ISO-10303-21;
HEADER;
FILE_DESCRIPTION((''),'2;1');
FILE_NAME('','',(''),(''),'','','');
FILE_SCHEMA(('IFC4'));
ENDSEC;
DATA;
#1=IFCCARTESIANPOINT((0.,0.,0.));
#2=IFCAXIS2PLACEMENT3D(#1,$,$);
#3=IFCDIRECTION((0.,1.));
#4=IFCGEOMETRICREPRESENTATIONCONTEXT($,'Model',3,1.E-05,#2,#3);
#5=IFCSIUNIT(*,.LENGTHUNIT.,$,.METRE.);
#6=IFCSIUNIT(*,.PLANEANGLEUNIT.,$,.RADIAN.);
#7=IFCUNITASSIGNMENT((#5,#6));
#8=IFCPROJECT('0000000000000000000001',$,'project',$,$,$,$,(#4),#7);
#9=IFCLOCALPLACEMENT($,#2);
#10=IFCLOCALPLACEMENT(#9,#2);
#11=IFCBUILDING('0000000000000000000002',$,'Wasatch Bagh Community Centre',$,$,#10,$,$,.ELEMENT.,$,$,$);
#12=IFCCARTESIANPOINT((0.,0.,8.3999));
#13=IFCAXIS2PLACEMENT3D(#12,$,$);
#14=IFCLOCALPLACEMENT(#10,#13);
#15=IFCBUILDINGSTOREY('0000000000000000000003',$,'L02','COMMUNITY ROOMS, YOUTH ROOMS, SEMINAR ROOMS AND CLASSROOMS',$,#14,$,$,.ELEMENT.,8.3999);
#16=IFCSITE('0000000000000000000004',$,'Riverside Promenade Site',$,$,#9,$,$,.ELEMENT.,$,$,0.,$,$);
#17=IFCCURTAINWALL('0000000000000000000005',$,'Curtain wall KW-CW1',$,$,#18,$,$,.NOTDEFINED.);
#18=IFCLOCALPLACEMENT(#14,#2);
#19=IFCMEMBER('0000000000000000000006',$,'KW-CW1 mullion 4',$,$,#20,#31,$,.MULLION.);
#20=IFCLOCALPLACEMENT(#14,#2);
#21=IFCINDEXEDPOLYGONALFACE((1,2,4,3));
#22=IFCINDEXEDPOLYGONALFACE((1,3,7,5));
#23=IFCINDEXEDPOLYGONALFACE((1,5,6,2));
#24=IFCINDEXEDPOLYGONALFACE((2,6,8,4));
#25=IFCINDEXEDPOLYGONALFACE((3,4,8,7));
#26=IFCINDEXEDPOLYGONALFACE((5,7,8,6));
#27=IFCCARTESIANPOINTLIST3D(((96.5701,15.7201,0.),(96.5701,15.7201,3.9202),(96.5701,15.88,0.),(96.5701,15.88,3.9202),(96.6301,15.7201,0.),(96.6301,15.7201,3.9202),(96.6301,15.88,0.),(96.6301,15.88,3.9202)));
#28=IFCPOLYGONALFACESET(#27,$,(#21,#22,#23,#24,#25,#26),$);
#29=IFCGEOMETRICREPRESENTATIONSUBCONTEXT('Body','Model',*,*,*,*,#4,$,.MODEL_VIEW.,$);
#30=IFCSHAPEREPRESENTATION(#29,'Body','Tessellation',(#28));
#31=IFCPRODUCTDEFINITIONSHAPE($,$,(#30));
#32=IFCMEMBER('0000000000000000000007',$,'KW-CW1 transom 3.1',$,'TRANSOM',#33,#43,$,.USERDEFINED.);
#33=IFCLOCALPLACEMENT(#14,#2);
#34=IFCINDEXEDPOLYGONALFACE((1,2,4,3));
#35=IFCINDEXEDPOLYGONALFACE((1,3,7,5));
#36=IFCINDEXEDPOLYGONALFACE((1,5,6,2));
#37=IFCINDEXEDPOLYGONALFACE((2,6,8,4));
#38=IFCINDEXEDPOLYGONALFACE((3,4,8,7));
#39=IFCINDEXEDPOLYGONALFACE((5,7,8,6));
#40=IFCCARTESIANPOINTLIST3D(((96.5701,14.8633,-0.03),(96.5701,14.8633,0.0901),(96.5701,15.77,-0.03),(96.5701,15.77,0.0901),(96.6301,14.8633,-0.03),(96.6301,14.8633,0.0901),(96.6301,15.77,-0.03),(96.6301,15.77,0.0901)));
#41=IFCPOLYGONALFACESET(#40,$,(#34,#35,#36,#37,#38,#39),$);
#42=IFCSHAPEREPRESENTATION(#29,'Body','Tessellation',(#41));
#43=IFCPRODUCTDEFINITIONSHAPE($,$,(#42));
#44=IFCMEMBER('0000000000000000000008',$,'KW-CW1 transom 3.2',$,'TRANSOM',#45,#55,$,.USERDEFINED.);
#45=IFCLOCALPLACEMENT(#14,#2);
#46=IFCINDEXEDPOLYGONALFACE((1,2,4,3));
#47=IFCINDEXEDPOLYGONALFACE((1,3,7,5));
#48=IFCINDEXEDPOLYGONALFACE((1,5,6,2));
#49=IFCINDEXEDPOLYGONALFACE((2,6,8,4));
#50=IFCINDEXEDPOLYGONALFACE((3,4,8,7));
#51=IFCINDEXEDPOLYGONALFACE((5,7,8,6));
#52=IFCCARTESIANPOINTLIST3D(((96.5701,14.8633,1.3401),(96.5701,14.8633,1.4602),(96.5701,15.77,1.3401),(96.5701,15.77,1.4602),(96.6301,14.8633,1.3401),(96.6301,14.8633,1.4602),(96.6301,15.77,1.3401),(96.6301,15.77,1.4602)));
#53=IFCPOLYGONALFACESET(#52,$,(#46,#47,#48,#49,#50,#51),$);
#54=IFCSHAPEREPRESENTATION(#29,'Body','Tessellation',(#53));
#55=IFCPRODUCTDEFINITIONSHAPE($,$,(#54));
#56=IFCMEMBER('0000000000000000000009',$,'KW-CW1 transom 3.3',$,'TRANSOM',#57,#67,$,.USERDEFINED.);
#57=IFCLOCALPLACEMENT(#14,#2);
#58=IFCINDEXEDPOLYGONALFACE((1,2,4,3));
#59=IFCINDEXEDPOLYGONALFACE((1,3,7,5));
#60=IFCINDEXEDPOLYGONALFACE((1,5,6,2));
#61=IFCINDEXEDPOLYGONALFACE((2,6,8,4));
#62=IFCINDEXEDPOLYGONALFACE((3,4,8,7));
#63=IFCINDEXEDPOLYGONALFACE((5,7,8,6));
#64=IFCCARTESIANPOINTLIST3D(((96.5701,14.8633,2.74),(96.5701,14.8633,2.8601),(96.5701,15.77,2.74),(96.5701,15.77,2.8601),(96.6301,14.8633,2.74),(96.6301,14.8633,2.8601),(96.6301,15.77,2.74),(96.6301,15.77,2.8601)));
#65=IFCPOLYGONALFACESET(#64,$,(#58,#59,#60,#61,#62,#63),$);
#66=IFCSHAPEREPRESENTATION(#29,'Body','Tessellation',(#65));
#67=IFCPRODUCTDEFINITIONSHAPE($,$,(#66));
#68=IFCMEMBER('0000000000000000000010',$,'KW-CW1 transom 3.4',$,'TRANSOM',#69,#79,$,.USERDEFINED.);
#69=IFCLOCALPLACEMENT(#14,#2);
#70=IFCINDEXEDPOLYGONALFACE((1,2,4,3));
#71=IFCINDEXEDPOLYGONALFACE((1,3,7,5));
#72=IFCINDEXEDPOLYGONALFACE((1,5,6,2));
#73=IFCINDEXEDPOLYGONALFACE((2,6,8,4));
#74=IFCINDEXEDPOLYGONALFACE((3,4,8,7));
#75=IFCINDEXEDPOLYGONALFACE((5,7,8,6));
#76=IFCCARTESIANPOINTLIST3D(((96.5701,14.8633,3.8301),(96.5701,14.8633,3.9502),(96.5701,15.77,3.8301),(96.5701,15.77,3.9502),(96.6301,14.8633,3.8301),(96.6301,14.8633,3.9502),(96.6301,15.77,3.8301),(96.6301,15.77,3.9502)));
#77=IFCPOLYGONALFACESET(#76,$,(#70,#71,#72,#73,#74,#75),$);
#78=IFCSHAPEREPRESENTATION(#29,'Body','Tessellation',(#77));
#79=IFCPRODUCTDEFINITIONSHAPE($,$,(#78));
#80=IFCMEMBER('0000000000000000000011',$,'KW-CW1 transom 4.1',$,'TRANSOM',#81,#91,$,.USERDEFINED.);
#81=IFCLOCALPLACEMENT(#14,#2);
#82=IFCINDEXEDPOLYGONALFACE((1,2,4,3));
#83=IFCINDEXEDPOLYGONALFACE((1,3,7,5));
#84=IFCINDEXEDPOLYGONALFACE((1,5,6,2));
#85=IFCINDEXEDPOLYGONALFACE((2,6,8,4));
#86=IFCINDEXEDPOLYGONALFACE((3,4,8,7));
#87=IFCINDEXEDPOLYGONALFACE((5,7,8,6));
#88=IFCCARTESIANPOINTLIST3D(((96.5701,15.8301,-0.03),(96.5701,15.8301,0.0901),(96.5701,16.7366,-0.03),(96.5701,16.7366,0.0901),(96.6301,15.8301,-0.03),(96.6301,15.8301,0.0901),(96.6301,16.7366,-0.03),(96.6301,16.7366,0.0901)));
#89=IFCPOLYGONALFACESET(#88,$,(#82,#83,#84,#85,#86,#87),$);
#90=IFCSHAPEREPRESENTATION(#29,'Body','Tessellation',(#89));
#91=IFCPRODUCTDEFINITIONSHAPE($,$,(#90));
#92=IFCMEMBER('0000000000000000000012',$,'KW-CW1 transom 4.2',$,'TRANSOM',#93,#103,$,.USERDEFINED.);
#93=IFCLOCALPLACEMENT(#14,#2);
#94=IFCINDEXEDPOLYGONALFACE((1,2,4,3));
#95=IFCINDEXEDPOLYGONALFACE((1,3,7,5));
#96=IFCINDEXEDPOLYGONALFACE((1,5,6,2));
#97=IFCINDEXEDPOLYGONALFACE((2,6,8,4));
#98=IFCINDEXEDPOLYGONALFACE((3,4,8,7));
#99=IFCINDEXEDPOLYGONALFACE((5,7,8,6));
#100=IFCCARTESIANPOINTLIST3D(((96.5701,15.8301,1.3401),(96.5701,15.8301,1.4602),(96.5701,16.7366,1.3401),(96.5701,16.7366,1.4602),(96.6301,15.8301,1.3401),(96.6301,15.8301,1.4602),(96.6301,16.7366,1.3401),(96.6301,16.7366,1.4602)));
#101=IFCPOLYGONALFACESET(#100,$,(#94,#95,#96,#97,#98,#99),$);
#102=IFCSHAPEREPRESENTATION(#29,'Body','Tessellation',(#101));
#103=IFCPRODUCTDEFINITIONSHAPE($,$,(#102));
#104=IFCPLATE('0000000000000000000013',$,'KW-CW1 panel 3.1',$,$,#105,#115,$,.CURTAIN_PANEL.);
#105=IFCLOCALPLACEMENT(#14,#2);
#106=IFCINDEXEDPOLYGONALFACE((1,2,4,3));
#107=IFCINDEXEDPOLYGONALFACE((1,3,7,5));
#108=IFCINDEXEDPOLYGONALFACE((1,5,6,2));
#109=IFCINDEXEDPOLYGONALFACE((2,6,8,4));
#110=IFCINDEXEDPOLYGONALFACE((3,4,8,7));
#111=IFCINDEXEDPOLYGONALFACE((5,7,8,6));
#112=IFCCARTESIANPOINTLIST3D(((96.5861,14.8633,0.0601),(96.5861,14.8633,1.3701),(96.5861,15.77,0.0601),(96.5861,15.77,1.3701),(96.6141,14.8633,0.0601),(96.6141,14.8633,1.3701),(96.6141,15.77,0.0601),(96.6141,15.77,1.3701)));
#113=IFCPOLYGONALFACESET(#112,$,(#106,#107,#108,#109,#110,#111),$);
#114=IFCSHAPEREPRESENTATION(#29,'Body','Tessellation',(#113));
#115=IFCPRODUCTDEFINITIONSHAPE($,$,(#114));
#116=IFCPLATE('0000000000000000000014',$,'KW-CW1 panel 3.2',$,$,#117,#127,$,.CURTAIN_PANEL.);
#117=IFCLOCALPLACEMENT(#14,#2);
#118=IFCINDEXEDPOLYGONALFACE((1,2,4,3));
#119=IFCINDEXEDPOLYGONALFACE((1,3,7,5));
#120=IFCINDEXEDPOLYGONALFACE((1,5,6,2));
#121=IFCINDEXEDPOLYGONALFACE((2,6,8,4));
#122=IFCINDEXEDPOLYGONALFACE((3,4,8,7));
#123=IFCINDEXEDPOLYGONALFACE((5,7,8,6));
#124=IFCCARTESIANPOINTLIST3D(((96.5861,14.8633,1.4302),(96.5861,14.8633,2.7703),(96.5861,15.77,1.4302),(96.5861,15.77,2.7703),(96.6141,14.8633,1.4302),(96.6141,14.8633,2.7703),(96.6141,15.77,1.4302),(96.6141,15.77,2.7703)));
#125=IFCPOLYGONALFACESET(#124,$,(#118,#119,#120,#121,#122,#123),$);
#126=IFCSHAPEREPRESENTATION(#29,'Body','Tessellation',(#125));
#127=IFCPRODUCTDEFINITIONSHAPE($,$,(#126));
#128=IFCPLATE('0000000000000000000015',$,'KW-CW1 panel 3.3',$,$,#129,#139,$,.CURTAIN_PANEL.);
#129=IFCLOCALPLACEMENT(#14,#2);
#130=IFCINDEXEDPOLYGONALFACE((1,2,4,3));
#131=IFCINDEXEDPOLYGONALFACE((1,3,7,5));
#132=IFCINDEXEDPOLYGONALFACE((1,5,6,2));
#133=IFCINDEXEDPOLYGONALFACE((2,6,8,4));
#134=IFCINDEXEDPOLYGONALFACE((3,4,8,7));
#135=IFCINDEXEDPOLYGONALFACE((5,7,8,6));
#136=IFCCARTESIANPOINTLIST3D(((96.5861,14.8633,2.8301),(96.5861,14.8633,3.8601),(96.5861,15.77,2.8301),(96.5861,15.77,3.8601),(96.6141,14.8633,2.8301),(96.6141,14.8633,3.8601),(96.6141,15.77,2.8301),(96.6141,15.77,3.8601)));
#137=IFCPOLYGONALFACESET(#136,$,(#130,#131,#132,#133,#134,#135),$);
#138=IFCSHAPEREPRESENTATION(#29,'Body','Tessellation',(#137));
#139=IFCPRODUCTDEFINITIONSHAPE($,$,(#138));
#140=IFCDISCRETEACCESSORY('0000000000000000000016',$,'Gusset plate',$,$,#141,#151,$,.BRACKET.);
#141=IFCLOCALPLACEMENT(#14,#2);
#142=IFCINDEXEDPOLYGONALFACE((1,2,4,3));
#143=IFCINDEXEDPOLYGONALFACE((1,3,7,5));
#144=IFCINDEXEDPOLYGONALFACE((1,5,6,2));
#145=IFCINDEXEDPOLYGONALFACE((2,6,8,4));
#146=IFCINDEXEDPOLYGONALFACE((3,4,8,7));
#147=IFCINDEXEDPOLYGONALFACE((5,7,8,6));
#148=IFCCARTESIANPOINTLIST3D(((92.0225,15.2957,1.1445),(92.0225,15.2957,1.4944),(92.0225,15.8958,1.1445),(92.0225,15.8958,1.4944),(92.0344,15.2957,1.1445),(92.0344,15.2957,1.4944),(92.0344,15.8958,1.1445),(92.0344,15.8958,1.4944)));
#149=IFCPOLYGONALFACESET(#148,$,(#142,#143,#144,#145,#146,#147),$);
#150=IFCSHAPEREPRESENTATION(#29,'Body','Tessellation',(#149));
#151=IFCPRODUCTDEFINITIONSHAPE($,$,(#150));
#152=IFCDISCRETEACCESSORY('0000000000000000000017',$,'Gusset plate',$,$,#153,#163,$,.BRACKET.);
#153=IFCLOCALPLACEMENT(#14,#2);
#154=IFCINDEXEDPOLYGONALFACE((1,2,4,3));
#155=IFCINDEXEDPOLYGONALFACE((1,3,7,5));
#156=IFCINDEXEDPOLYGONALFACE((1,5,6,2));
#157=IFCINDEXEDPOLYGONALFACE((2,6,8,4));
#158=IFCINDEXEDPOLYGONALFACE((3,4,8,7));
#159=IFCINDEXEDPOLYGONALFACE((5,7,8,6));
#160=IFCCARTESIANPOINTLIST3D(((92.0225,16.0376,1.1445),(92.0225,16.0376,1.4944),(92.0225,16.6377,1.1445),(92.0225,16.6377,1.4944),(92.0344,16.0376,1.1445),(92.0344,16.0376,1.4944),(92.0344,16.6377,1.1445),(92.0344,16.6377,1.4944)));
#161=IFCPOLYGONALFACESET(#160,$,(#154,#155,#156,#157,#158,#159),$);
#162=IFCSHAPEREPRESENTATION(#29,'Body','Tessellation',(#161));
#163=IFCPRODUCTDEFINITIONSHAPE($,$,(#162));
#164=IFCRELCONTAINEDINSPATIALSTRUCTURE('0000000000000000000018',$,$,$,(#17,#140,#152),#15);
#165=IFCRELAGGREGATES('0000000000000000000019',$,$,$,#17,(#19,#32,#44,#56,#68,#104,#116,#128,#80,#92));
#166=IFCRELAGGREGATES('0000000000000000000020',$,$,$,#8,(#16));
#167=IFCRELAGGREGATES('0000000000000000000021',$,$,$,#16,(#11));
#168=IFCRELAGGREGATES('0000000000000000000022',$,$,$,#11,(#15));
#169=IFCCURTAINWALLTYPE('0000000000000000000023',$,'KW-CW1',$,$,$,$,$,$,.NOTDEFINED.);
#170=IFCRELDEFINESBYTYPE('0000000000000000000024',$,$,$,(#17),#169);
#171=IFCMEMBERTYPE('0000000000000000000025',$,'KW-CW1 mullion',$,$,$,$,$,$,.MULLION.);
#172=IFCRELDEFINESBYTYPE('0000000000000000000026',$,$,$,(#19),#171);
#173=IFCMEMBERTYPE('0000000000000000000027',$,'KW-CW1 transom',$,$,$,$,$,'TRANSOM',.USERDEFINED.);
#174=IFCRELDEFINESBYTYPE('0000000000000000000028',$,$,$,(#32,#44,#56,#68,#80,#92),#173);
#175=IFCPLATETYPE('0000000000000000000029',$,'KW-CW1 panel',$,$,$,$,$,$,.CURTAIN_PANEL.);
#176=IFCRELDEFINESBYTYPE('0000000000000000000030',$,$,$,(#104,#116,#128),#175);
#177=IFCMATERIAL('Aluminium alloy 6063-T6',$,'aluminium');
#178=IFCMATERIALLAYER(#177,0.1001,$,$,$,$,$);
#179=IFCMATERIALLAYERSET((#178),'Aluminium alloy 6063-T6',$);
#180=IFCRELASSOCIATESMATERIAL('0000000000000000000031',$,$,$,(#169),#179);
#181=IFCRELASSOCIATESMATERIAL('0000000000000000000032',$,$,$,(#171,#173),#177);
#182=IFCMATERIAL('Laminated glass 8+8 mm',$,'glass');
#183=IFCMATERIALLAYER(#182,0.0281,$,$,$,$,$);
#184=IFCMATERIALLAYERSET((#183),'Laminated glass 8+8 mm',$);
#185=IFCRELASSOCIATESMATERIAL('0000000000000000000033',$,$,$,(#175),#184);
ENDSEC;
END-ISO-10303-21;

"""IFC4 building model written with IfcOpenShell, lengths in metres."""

from ifc_helpers import new_model, si_unit, direction, frame, origin, origin_2d, place, context, subcontext, project, spatial, polyline, rectangle, outline, extrude, material, layer, layer_set, material_profile, profile_set, type_object, element, aggregate, save


model = new_model("IFC4")

# Units and contexts
model_context = context("Model", 3, precision=1e-05, world=origin(), true_north=direction((0.0, 1.0)))
body_context = subcontext(model_context, "Body", "Model", "MODEL_VIEW")
ifc_project = project(units=[si_unit("LENGTHUNIT", "METRE"), si_unit("PLANEANGLEUNIT", "RADIAN")], contexts=[model_context])

# Site, building, storey
site_placement = place(None, origin())
site = spatial("IfcSite", under=ifc_project, at=site_placement, Name="Riverside Promenade Site", CompositionType="ELEMENT", RefElevation=0.0)
building_placement = place(site_placement, origin())
building = spatial("IfcBuilding", under=site, at=building_placement, Name="Wasatch Bagh Community Centre", CompositionType="ELEMENT")
storey_placement = place(building_placement, frame((0.0, 0.0, 8.3999)))
storey = spatial("IfcBuildingStorey", under=building, at=storey_placement, Name="L02", Description="COMMUNITY ROOMS, YOUTH ROOMS, SEMINAR ROOMS AND CLASSROOMS", CompositionType="ELEMENT", Elevation=8.3999)

# Curtain wall, members, plates
ifc_material_1 = material(Name="Aluminium alloy 6063-T6", Category="aluminium")
ifc_layer_1 = layer(ifc_material_1, 0.1001)
ifc_layer_set_1 = layer_set([ifc_layer_1], Name="Aluminium alloy 6063-T6")
curtain_wall_type = type_object("IfcCurtainWallType", Name="KW-CW1", PredefinedType="NOTDEFINED", material=ifc_layer_set_1)
curtain_wall_placement = place(storey_placement, origin())
curtain_wall = element("IfcCurtainWall", 1, at=curtain_wall_placement, inside=storey, type_object=curtain_wall_type, Name="Curtain wall KW-CW1", PredefinedType="NOTDEFINED")
ifc_material_profile_1 = material_profile(ifc_material_1, rectangle(XDim=0.0601, YDim=0.1599, at=origin_2d()), Name="AL 60x160")
ifc_profile_set_1 = profile_set([ifc_material_profile_1], Name="Aluminium alloy 6063-T6")
member_type_1 = type_object("IfcMemberType", Name="KW-CW1 mullion", PredefinedType="MULLION", material=ifc_profile_set_1)
member_1_placement = place(storey_placement, frame((96.6001, 15.8, 0.0), z_axis=(0.0, 0.0, 1.0), x_axis=(-1.0, 0.0, 0.0)))
member_1 = element("IfcMember", 2, at=member_1_placement, type_object=member_type_1, Name="KW-CW1 mullion 4", PredefinedType="MULLION", context=body_context, shape_type="SweptSolid", body=[
    extrude(rectangle(XDim=0.0601, YDim=0.1599, at=origin_2d()), origin(), (0.0, 0.0, 1.0), 3.9202),
])
ifc_material_profile_2 = material_profile(ifc_material_1, rectangle(XDim=0.0601, YDim=0.1201, at=origin_2d()), Name="AL 60x120")
ifc_profile_set_2 = profile_set([ifc_material_profile_2], Name="Aluminium alloy 6063-T6")
member_type_2 = type_object("IfcMemberType", Name="KW-CW1 transom", ElementType="TRANSOM", PredefinedType="USERDEFINED", material=ifc_profile_set_2)
member_2_placement = place(storey_placement, frame((96.6001, 14.8633, 0.03), z_axis=(0.0, 1.0, 0.0), x_axis=(-1.0, 0.0, 0.0)))
member_2 = element("IfcMember", 3, at=member_2_placement, type_object=member_type_2, Name="KW-CW1 transom 3.1", ObjectType="TRANSOM", PredefinedType="USERDEFINED", context=body_context, shape_type="SweptSolid", body=[
    extrude(rectangle(XDim=0.0601, YDim=0.1201, at=origin_2d()), origin(), (0.0, 0.0, 1.0), 0.9067),
])
member_3_placement = place(storey_placement, frame((96.6001, 14.8633, 1.4001), z_axis=(0.0, 1.0, 0.0), x_axis=(-1.0, 0.0, 0.0)))
member_3 = element("IfcMember", 4, at=member_3_placement, type_object=member_type_2, Name="KW-CW1 transom 3.2", ObjectType="TRANSOM", PredefinedType="USERDEFINED", context=body_context, shape_type="SweptSolid", body=[
    extrude(rectangle(XDim=0.0601, YDim=0.1201, at=origin_2d()), origin(), (0.0, 0.0, 1.0), 0.9067),
])
member_4_placement = place(storey_placement, frame((96.6001, 14.8633, 2.8), z_axis=(0.0, 1.0, 0.0), x_axis=(-1.0, 0.0, 0.0)))
member_4 = element("IfcMember", 5, at=member_4_placement, type_object=member_type_2, Name="KW-CW1 transom 3.3", ObjectType="TRANSOM", PredefinedType="USERDEFINED", context=body_context, shape_type="SweptSolid", body=[
    extrude(rectangle(XDim=0.0601, YDim=0.1201, at=origin_2d()), origin(), (0.0, 0.0, 1.0), 0.9067),
])
member_5_placement = place(storey_placement, frame((96.6001, 14.8633, 3.8901), z_axis=(0.0, 1.0, 0.0), x_axis=(-1.0, 0.0, 0.0)))
member_5 = element("IfcMember", 6, at=member_5_placement, type_object=member_type_2, Name="KW-CW1 transom 3.4", ObjectType="TRANSOM", PredefinedType="USERDEFINED", context=body_context, shape_type="SweptSolid", body=[
    extrude(rectangle(XDim=0.0601, YDim=0.1201, at=origin_2d()), origin(), (0.0, 0.0, 1.0), 0.9067),
])
member_6_placement = place(storey_placement, frame((96.6001, 15.8301, 0.03), z_axis=(0.0, 1.0, 0.0), x_axis=(-1.0, 0.0, 0.0)))
member_6 = element("IfcMember", 7, at=member_6_placement, type_object=member_type_2, Name="KW-CW1 transom 4.1", ObjectType="TRANSOM", PredefinedType="USERDEFINED", context=body_context, shape_type="SweptSolid", body=[
    extrude(rectangle(XDim=0.0601, YDim=0.1201, at=origin_2d()), origin(), (0.0, 0.0, 1.0), 0.9065),
])
member_7_placement = place(storey_placement, frame((96.6001, 15.8301, 1.4001), z_axis=(0.0, 1.0, 0.0), x_axis=(-1.0, 0.0, 0.0)))
member_7 = element("IfcMember", 8, at=member_7_placement, type_object=member_type_2, Name="KW-CW1 transom 4.2", ObjectType="TRANSOM", PredefinedType="USERDEFINED", context=body_context, shape_type="SweptSolid", body=[
    extrude(rectangle(XDim=0.0601, YDim=0.1201, at=origin_2d()), origin(), (0.0, 0.0, 1.0), 0.9065),
])
ifc_material_2 = material(Name="Laminated glass 8+8 mm", Category="glass")
ifc_layer_2 = layer(ifc_material_2, 0.0281)
ifc_layer_set_2 = layer_set([ifc_layer_2], Name="Laminated glass 8+8 mm")
plate_type = type_object("IfcPlateType", Name="KW-CW1 panel", PredefinedType="CURTAIN_PANEL", material=ifc_layer_set_2)
plate_1_placement = place(storey_placement, frame((96.6001, 15.3167, 0.0601), z_axis=(0.0, 0.0, 1.0), x_axis=(0.0, 1.0, 0.0)))
plate_1 = element("IfcPlate", 9, at=plate_1_placement, type_object=plate_type, Name="KW-CW1 panel 3.1", PredefinedType="CURTAIN_PANEL", context=body_context, shape_type="SweptSolid", body=[
    extrude(rectangle(XDim=0.9067, YDim=0.0281, at=origin_2d()), origin(), (0.0, 0.0, 1.0), 1.3101),
])
plate_2_placement = place(storey_placement, frame((96.6001, 15.3167, 1.4302), z_axis=(0.0, 0.0, 1.0), x_axis=(0.0, 1.0, 0.0)))
plate_2 = element("IfcPlate", 10, at=plate_2_placement, type_object=plate_type, Name="KW-CW1 panel 3.2", PredefinedType="CURTAIN_PANEL", context=body_context, shape_type="SweptSolid", body=[
    extrude(rectangle(XDim=0.9067, YDim=0.0281, at=origin_2d()), origin(), (0.0, 0.0, 1.0), 1.3401),
])
plate_3_placement = place(storey_placement, frame((96.6001, 15.3167, 2.8301), z_axis=(0.0, 0.0, 1.0), x_axis=(0.0, 1.0, 0.0)))
plate_3 = element("IfcPlate", 11, at=plate_3_placement, type_object=plate_type, Name="KW-CW1 panel 3.3", PredefinedType="CURTAIN_PANEL", context=body_context, shape_type="SweptSolid", body=[
    extrude(rectangle(XDim=0.9067, YDim=0.0281, at=origin_2d()), origin(), (0.0, 0.0, 1.0), 1.03),
])
aggregate(curtain_wall, [member_1, member_2, member_3, member_4, member_5, plate_1, plate_2, plate_3, member_6, member_7])

# Discrete accessories
for number, where, z_axis, x_axis, name in (
    (12, (92.0225, 15.2957, 1.4944), (-1.0, 0.0, 0.0), (0.0, 1.0, 0.0), "Gusset plate"),
    (13, (92.0225, 16.0376, 1.4944), (-1.0, 0.0, 0.0), (0.0, 1.0, 0.0), "Gusset plate"),
):
    element("IfcDiscreteAccessory", number, at=place(storey_placement, frame(where, z_axis=z_axis, x_axis=x_axis)), inside=storey, Name=name, PredefinedType="BRACKET", context=body_context, shape_type="SweptSolid", body=[
        extrude(outline(polyline([(0.0, 0.0), (0.6001, 0.0), (0.6001, 0.3499), (0.0, 0.3499), (0.0, 0.0)])), origin(), (0.0, 0.0, -1.0), 0.012),
    ])

save(model, "model.ifc")
